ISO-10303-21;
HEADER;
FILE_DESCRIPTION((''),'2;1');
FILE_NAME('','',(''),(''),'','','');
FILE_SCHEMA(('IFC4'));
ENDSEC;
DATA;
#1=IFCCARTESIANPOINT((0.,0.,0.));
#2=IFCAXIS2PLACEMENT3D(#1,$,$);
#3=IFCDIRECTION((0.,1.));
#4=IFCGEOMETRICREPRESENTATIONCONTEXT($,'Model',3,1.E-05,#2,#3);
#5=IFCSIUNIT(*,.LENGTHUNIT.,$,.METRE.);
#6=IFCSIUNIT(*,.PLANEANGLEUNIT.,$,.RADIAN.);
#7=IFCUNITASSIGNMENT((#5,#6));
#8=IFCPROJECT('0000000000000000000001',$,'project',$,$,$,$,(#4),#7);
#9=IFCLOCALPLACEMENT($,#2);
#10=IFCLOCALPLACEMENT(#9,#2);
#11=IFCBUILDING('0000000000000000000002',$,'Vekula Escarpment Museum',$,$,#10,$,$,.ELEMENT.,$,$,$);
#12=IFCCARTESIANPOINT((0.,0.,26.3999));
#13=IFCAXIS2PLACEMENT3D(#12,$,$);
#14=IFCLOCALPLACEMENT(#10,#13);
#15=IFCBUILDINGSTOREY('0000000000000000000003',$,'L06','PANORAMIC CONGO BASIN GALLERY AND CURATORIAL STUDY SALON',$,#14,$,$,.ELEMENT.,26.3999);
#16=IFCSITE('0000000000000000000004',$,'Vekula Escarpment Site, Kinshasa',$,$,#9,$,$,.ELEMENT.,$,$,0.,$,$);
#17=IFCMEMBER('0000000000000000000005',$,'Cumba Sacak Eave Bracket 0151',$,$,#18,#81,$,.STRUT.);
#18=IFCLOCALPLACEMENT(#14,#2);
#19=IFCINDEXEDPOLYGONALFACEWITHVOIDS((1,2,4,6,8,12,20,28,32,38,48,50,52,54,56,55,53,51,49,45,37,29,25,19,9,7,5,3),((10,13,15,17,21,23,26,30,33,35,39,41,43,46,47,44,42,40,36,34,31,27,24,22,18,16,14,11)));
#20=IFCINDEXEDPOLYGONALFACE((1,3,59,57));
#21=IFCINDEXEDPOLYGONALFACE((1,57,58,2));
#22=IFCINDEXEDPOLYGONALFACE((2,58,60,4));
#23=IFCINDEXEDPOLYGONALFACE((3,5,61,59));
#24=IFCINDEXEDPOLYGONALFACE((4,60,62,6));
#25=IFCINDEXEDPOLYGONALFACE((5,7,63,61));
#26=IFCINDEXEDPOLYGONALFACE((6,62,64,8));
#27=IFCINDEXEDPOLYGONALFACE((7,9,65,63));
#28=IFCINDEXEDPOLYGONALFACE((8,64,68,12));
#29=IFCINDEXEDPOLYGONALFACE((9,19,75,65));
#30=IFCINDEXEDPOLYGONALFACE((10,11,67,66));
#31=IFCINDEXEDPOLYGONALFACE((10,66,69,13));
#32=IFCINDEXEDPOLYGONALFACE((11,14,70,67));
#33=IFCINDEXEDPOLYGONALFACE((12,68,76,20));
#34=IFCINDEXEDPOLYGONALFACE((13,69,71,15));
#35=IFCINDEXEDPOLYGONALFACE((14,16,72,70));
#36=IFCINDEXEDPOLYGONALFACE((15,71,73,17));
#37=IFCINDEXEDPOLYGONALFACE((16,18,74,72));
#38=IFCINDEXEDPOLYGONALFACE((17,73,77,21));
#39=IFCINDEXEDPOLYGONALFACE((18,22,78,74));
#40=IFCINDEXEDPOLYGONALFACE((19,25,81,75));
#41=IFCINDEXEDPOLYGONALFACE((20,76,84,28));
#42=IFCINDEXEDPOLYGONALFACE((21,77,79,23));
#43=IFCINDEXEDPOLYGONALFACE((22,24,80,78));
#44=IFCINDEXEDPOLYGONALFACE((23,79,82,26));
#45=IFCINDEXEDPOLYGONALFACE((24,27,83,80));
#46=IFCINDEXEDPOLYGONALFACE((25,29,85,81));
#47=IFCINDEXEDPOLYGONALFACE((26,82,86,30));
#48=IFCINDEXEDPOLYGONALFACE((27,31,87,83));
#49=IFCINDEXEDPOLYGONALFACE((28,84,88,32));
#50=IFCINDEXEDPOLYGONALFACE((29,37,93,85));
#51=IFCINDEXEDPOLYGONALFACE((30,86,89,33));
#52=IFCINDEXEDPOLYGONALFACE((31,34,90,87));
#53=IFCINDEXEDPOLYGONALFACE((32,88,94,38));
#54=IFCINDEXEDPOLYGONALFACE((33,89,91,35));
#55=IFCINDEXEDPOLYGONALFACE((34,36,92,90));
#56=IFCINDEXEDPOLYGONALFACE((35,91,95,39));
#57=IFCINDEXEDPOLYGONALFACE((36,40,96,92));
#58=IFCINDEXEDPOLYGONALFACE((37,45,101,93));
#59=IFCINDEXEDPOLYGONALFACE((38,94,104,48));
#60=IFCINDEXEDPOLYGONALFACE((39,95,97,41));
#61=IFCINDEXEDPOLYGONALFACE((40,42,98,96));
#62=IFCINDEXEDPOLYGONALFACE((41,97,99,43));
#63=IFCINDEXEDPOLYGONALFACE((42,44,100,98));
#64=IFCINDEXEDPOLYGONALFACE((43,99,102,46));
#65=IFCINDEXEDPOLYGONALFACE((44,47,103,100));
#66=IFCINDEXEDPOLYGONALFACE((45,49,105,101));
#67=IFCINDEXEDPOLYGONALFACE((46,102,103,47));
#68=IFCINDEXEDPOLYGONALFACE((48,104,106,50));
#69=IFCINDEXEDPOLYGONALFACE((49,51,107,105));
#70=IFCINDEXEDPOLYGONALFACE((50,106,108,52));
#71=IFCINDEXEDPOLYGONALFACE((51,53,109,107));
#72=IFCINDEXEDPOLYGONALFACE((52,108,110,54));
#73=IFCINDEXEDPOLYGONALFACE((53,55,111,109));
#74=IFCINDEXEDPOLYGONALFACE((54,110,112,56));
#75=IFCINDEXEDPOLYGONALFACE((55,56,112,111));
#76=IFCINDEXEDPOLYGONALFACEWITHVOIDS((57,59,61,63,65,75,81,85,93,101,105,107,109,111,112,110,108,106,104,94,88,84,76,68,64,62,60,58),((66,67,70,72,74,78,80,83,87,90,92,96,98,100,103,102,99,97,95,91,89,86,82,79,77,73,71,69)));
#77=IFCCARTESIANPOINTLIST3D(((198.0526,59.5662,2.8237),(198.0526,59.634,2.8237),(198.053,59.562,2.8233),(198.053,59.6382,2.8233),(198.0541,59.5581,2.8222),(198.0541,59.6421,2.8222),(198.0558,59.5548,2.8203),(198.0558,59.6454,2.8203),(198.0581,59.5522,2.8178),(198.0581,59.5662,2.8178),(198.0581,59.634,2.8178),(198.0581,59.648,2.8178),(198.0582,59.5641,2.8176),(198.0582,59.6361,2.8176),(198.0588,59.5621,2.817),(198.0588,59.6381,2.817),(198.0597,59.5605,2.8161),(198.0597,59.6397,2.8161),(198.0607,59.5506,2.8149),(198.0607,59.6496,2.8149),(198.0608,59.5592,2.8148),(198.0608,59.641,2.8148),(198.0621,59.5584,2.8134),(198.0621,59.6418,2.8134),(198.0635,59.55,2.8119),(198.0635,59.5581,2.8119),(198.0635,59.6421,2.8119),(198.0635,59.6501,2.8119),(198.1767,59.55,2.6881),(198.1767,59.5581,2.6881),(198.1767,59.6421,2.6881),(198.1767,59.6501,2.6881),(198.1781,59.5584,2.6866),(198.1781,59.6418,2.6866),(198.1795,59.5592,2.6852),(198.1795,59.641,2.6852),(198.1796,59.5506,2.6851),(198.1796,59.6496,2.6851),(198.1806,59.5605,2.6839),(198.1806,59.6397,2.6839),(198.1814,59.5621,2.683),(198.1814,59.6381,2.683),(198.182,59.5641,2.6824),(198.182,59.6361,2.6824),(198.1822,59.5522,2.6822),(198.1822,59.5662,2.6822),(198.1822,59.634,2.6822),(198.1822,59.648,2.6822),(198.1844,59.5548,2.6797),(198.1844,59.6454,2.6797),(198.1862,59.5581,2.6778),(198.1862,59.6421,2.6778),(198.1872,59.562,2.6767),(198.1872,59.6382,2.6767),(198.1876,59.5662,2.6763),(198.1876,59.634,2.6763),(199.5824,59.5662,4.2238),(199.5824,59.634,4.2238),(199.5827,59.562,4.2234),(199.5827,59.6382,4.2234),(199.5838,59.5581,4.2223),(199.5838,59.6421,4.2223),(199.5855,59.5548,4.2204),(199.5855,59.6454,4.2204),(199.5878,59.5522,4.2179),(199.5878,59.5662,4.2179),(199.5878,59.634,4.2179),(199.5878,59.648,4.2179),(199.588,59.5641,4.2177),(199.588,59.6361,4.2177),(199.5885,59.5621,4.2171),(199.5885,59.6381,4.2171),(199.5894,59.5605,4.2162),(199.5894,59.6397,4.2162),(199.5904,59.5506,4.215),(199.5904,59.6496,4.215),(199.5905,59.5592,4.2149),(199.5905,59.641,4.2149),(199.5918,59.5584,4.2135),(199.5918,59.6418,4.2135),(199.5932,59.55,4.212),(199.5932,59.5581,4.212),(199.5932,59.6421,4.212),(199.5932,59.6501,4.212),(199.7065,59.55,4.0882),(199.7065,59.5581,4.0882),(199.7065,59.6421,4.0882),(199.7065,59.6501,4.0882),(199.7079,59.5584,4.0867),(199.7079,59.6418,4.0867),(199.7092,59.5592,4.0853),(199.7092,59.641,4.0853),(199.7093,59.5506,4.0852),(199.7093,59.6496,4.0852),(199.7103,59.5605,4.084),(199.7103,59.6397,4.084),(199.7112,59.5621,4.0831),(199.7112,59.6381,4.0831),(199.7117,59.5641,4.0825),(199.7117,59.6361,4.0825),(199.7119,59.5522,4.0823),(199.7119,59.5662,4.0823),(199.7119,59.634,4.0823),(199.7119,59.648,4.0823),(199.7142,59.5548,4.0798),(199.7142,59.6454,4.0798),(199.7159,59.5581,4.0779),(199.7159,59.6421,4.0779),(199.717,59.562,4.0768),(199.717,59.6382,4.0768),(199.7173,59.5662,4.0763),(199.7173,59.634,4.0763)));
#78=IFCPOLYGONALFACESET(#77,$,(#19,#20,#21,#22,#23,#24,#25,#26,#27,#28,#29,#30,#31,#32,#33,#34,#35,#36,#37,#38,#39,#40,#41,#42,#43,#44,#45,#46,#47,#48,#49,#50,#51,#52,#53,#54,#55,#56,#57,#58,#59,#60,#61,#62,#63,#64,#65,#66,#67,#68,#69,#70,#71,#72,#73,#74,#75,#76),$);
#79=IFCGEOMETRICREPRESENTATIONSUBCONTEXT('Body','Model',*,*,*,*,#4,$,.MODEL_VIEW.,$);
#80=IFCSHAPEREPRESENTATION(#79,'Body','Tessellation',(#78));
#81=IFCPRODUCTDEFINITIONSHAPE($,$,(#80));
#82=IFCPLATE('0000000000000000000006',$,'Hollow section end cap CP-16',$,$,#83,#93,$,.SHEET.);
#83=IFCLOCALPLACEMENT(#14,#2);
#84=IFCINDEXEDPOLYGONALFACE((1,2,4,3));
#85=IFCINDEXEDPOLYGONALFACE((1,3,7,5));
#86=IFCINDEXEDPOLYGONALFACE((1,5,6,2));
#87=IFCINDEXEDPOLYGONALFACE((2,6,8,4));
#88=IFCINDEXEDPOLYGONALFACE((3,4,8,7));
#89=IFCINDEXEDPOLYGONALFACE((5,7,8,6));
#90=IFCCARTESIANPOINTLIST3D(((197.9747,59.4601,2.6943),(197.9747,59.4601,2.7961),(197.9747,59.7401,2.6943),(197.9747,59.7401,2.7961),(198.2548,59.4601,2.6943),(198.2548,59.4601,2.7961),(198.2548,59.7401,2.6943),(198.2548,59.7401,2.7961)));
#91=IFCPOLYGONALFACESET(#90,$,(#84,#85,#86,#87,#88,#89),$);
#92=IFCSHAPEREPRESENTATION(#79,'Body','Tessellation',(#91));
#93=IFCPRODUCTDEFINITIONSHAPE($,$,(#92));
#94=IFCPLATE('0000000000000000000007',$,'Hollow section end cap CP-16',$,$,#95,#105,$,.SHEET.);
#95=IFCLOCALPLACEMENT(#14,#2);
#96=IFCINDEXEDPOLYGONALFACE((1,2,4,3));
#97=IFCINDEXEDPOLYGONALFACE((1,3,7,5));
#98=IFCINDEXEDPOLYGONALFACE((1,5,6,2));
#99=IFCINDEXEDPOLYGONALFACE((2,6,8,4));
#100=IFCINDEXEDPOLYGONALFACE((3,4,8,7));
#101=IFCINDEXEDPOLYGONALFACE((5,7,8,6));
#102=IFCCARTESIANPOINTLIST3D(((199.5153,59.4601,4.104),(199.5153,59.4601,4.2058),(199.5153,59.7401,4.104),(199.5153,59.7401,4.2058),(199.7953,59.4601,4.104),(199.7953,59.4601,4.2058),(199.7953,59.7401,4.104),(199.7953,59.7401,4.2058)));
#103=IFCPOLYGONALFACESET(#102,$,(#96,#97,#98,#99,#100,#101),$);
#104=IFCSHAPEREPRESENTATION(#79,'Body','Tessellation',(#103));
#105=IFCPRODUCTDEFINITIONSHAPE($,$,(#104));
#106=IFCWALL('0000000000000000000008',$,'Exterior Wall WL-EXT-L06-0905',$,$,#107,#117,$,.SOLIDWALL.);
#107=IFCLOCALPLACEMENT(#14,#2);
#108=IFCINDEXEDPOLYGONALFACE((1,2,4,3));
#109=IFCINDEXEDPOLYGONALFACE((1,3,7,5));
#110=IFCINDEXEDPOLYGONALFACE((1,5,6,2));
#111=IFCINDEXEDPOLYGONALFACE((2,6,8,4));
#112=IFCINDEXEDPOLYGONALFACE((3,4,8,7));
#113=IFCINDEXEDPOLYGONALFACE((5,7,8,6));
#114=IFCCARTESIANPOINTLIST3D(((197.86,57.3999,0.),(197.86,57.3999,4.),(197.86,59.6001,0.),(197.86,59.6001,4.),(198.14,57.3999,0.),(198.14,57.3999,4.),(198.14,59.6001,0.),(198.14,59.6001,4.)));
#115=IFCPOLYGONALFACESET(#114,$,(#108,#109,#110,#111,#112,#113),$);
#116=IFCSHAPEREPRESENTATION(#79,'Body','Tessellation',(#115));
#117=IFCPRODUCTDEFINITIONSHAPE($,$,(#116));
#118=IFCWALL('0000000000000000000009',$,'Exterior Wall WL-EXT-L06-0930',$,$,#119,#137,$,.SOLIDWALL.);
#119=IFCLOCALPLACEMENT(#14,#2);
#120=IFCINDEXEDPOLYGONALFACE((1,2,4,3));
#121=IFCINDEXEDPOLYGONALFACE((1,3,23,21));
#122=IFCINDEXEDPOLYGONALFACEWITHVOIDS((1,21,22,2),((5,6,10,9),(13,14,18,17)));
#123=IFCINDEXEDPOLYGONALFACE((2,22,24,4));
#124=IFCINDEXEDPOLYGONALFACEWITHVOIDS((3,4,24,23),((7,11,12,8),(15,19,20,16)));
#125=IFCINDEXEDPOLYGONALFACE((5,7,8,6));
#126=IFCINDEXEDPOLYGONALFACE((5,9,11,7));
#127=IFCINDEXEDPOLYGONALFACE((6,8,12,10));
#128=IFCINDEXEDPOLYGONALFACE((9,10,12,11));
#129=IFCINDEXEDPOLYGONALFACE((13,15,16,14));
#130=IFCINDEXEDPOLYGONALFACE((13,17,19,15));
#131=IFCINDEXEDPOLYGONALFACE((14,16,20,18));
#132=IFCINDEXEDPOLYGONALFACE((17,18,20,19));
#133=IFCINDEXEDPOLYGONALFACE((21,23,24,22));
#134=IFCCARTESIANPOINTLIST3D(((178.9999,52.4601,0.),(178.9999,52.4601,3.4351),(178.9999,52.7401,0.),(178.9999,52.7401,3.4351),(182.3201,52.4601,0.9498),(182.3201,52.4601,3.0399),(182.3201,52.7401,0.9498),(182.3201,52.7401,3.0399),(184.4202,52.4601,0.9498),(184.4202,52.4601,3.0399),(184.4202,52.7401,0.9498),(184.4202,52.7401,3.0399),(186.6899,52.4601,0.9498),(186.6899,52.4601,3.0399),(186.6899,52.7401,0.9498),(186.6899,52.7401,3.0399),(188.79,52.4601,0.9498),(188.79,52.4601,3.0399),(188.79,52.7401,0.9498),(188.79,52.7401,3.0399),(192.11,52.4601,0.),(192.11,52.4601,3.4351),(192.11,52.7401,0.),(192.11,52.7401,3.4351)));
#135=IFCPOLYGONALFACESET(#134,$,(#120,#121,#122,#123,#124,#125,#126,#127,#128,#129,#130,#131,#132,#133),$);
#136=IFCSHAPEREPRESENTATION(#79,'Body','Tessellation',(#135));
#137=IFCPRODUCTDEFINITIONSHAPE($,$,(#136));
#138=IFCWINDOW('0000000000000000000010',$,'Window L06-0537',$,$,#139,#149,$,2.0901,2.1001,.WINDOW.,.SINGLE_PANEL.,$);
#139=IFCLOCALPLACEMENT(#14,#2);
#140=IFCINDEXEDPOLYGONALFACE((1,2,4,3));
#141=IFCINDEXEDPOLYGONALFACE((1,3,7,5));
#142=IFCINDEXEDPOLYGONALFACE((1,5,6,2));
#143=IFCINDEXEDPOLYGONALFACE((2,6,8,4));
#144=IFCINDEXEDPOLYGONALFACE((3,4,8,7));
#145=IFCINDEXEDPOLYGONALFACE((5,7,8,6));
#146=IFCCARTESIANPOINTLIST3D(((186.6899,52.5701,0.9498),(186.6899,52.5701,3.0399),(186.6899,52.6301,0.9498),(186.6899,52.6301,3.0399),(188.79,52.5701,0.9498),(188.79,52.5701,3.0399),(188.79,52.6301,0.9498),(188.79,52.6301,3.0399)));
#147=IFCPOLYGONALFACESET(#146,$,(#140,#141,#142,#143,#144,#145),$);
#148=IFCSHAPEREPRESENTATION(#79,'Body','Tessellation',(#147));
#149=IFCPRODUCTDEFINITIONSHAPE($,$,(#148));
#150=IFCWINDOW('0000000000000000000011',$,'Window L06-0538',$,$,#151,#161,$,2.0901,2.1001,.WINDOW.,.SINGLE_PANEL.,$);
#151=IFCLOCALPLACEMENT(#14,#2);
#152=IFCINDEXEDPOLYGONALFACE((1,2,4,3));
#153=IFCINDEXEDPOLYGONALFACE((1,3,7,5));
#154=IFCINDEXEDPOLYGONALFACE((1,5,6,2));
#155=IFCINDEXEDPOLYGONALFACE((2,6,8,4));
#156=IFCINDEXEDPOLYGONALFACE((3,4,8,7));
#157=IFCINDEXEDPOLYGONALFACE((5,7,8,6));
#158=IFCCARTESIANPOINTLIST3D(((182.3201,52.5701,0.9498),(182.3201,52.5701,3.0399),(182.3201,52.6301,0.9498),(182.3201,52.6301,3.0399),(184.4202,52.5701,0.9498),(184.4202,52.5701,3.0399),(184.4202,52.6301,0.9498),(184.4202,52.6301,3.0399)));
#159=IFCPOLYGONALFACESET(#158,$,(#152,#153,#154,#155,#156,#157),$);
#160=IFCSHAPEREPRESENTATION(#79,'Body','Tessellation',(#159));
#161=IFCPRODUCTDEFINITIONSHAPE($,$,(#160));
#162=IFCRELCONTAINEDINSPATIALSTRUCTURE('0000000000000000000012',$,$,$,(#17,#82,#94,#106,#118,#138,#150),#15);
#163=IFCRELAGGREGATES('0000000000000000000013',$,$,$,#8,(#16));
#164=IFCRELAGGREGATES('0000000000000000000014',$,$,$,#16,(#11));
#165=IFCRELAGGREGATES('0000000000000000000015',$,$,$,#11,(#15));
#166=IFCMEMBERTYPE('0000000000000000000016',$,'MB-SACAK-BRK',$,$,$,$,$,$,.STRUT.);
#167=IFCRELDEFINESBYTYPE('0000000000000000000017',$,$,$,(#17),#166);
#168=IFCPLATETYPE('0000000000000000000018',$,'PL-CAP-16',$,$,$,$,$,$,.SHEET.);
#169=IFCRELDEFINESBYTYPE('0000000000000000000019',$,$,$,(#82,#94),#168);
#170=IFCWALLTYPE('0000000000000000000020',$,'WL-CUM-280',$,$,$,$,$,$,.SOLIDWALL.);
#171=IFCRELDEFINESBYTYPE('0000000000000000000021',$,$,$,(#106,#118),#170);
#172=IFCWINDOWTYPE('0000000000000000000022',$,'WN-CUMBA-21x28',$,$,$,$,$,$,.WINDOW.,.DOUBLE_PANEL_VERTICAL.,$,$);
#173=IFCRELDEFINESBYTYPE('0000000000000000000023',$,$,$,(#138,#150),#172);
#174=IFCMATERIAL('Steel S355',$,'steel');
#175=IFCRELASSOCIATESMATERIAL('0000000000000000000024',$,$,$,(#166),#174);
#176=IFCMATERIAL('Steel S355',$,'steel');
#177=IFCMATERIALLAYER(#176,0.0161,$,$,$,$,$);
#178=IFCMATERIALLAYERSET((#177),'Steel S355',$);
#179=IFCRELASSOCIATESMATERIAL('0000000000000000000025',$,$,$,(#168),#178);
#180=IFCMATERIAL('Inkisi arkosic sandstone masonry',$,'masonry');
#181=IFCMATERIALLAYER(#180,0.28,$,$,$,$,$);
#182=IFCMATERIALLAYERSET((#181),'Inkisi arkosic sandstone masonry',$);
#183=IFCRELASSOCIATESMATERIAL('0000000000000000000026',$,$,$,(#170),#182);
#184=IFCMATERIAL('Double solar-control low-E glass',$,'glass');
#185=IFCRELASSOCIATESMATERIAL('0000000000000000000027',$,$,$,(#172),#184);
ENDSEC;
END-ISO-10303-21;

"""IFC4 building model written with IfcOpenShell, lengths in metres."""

from ifc_helpers import new_model, si_unit, direction, frame, frame_2d, origin, origin_2d, place, context, subcontext, project, spatial, rectangle, hollow_rectangle, extrude, material, layer, layer_set, material_profile, profile_set, type_object, element, fill, save


model = new_model("IFC4")

# Units and contexts
model_context = context("Model", 3, precision=1e-05, world=origin(), true_north=direction((0.0, 1.0)))
body_context = subcontext(model_context, "Body", "Model", "MODEL_VIEW")
ifc_project = project(units=[si_unit("LENGTHUNIT", "METRE"), si_unit("PLANEANGLEUNIT", "RADIAN")], contexts=[model_context])

# Site, building, storey
site_placement = place(None, origin())
site = spatial("IfcSite", under=ifc_project, at=site_placement, Name="Vekula Escarpment Site, Kinshasa", CompositionType="ELEMENT", RefElevation=0.0)
building_placement = place(site_placement, origin())
building = spatial("IfcBuilding", under=site, at=building_placement, Name="Vekula Escarpment Museum", CompositionType="ELEMENT")
storey_placement = place(building_placement, frame((0.0, 0.0, 26.3999)))
storey = spatial("IfcBuildingStorey", under=building, at=storey_placement, Name="L06", Description="PANORAMIC CONGO BASIN GALLERY AND CURATORIAL STUDY SALON", CompositionType="ELEMENT", Elevation=26.3999)

# Member
ifc_material_1 = material(Name="Steel S355", Category="steel")
ifc_material_profile_1 = material_profile(ifc_material_1, hollow_rectangle(XDim=0.1001, YDim=0.2, WallThickness=0.0081, InnerFilletRadius=0.0081, OuterFilletRadius=0.0161, at=origin_2d()), Name="RHS 200x100x8")
ifc_profile_set_1 = profile_set([ifc_material_profile_1], Name="Steel S355")
member_type = type_object("IfcMemberType", Name="MB-SACAK-BRK", PredefinedType="STRUT", material=ifc_profile_set_1)
member_placement = place(storey_placement, frame((198.1201, 59.6001, 2.75), z_axis=(0.737672, 0.0, 0.675159), x_axis=(0.0, 1.0, 0.0)))
element("IfcMember", 1, at=member_placement, inside=storey, type_object=member_type, Name="Cumba Sacak Eave Bracket 0151", PredefinedType="STRUT", context=body_context, shape_type="SweptSolid", body=[
    extrude(hollow_rectangle(XDim=0.1001, YDim=0.2, WallThickness=0.0081, InnerFilletRadius=0.0081, OuterFilletRadius=0.0161, at=origin_2d()), origin(), (0.0, 0.0, 1.0), 2.0737),
])

# Plates
ifc_material_2 = material(Name="Steel S355", Category="steel")
ifc_layer_1 = layer(ifc_material_2, 0.0161)
ifc_layer_set_1 = layer_set([ifc_layer_1], Name="Steel S355")
plate_type = type_object("IfcPlateType", Name="PL-CAP-16", PredefinedType="SHEET", material=ifc_layer_set_1)
for number, where, z_axis, x_axis, name in (
    (2, (198.1147, 59.6001, 2.6943), (0.0, 0.0, 1.0), (1.0, 0.0, 0.0), "Hollow section end cap CP-16"),
    (3, (199.6553, 59.6001, 4.104), (0.0, 0.0, 1.0), (1.0, 0.0, 0.0), "Hollow section end cap CP-16"),
):
    element("IfcPlate", number, at=place(storey_placement, frame(where, z_axis=z_axis, x_axis=x_axis)), inside=storey, type_object=plate_type, Name=name, PredefinedType="SHEET", context=body_context, shape_type="SweptSolid", body=[
        extrude(rectangle(XDim=0.28, YDim=0.28, at=origin_2d()), origin(), (0.0, 0.0, 1.0), 0.1018),
    ])

# Wall
ifc_material_3 = material(Name="Inkisi arkosic sandstone masonry", Category="masonry")
ifc_layer_2 = layer(ifc_material_3, 0.28)
ifc_layer_set_2 = layer_set([ifc_layer_2], Name="Inkisi arkosic sandstone masonry")
wall_type = type_object("IfcWallType", Name="WL-CUM-280", PredefinedType="SOLIDWALL", material=ifc_layer_set_2)
wall_1_placement = place(storey_placement, frame((198.0, 59.6001, 0.0), z_axis=(0.0, 0.0, 1.0), x_axis=(0.0, -1.0, 0.0)))
element("IfcWall", 4, at=wall_1_placement, inside=storey, type_object=wall_type, Name="Exterior Wall WL-EXT-L06-0905", PredefinedType="SOLIDWALL", context=body_context, shape_type="SweptSolid", body=[
    extrude(rectangle(XDim=2.2002, YDim=0.28, at=frame_2d((1.1001, 0.0))), origin(), (0.0, 0.0, 1.0), 4.0),
])

# Wall, openings, windows
wall_2_placement = place(storey_placement, frame((192.1101, 52.6001, 0.0), z_axis=(0.0, 0.0, 1.0), x_axis=(-1.0, 0.0, 0.0)))
wall_2 = element("IfcWall", 5, at=wall_2_placement, inside=storey, type_object=wall_type, Name="Exterior Wall WL-EXT-L06-0930", PredefinedType="SOLIDWALL", context=body_context, shape_type="SweptSolid", body=[
    extrude(rectangle(XDim=13.1101, YDim=0.28, at=frame_2d((6.5552, 0.0))), origin(), (0.0, 0.0, 1.0), 3.4351),
])
opening_1_placement = place(wall_2_placement, frame((3.3201, 0.0, 0.95)))
opening_1 = element("IfcOpeningElement", 6, at=opening_1_placement, cuts=wall_2, PredefinedType="OPENING", context=body_context, shape_type="SweptSolid", body=[
    extrude(rectangle(XDim=2.1001, YDim=2.0901, at=frame_2d((1.05, 1.0449))), frame((0.0, 0.1499, 0.0), z_axis=(0.0, -1.0, 0.0), x_axis=(1.0, 0.0, 0.0)), (0.0, 0.0, 1.0), 0.3),
])
opening_2_placement = place(wall_2_placement, frame((7.6899, 0.0, 0.95)))
opening_2 = element("IfcOpeningElement", 7, at=opening_2_placement, cuts=wall_2, PredefinedType="OPENING", context=body_context, shape_type="SweptSolid", body=[
    extrude(rectangle(XDim=2.1001, YDim=2.0901, at=frame_2d((1.05, 1.0449))), frame((0.0, 0.1499, 0.0), z_axis=(0.0, -1.0, 0.0), x_axis=(1.0, 0.0, 0.0)), (0.0, 0.0, 1.0), 0.3),
])
ifc_material_4 = material(Name="Double solar-control low-E glass", Category="glass")
window_type_1 = type_object("IfcWindowType", Name="WN-CUMBA-21x28", PartitioningType="DOUBLE_PANEL_VERTICAL", PredefinedType="WINDOW", material=ifc_material_4)
window_1_placement = place(opening_1_placement, origin())
window_1 = element("IfcWindow", 8, at=window_1_placement, inside=storey, type_object=window_type_1, Name="Window L06-0537", OverallHeight=2.0901, OverallWidth=2.1001, PartitioningType="SINGLE_PANEL", PredefinedType="WINDOW", context=body_context, shape_type="SweptSolid", body=[
    extrude(rectangle(XDim=2.1001, YDim=2.0901, at=frame_2d((1.05, 1.0449))), frame((0.0, 0.03, 0.0), z_axis=(0.0, -1.0, 0.0), x_axis=(1.0, 0.0, 0.0)), (0.0, 0.0, 1.0), 0.0601),
])
fill(opening_1, window_1)
window_2_placement = place(opening_2_placement, origin())
window_2 = element("IfcWindow", 9, at=window_2_placement, inside=storey, type_object=window_type_1, Name="Window L06-0538", OverallHeight=2.0901, OverallWidth=2.1001, PartitioningType="SINGLE_PANEL", PredefinedType="WINDOW", context=body_context, shape_type="SweptSolid", body=[
    extrude(rectangle(XDim=2.1001, YDim=2.0901, at=frame_2d((1.05, 1.0449))), frame((0.0, 0.03, 0.0), z_axis=(0.0, -1.0, 0.0), x_axis=(1.0, 0.0, 0.0)), (0.0, 0.0, 1.0), 0.0601),
])
fill(opening_2, window_2)

save(model, "model.ifc")
